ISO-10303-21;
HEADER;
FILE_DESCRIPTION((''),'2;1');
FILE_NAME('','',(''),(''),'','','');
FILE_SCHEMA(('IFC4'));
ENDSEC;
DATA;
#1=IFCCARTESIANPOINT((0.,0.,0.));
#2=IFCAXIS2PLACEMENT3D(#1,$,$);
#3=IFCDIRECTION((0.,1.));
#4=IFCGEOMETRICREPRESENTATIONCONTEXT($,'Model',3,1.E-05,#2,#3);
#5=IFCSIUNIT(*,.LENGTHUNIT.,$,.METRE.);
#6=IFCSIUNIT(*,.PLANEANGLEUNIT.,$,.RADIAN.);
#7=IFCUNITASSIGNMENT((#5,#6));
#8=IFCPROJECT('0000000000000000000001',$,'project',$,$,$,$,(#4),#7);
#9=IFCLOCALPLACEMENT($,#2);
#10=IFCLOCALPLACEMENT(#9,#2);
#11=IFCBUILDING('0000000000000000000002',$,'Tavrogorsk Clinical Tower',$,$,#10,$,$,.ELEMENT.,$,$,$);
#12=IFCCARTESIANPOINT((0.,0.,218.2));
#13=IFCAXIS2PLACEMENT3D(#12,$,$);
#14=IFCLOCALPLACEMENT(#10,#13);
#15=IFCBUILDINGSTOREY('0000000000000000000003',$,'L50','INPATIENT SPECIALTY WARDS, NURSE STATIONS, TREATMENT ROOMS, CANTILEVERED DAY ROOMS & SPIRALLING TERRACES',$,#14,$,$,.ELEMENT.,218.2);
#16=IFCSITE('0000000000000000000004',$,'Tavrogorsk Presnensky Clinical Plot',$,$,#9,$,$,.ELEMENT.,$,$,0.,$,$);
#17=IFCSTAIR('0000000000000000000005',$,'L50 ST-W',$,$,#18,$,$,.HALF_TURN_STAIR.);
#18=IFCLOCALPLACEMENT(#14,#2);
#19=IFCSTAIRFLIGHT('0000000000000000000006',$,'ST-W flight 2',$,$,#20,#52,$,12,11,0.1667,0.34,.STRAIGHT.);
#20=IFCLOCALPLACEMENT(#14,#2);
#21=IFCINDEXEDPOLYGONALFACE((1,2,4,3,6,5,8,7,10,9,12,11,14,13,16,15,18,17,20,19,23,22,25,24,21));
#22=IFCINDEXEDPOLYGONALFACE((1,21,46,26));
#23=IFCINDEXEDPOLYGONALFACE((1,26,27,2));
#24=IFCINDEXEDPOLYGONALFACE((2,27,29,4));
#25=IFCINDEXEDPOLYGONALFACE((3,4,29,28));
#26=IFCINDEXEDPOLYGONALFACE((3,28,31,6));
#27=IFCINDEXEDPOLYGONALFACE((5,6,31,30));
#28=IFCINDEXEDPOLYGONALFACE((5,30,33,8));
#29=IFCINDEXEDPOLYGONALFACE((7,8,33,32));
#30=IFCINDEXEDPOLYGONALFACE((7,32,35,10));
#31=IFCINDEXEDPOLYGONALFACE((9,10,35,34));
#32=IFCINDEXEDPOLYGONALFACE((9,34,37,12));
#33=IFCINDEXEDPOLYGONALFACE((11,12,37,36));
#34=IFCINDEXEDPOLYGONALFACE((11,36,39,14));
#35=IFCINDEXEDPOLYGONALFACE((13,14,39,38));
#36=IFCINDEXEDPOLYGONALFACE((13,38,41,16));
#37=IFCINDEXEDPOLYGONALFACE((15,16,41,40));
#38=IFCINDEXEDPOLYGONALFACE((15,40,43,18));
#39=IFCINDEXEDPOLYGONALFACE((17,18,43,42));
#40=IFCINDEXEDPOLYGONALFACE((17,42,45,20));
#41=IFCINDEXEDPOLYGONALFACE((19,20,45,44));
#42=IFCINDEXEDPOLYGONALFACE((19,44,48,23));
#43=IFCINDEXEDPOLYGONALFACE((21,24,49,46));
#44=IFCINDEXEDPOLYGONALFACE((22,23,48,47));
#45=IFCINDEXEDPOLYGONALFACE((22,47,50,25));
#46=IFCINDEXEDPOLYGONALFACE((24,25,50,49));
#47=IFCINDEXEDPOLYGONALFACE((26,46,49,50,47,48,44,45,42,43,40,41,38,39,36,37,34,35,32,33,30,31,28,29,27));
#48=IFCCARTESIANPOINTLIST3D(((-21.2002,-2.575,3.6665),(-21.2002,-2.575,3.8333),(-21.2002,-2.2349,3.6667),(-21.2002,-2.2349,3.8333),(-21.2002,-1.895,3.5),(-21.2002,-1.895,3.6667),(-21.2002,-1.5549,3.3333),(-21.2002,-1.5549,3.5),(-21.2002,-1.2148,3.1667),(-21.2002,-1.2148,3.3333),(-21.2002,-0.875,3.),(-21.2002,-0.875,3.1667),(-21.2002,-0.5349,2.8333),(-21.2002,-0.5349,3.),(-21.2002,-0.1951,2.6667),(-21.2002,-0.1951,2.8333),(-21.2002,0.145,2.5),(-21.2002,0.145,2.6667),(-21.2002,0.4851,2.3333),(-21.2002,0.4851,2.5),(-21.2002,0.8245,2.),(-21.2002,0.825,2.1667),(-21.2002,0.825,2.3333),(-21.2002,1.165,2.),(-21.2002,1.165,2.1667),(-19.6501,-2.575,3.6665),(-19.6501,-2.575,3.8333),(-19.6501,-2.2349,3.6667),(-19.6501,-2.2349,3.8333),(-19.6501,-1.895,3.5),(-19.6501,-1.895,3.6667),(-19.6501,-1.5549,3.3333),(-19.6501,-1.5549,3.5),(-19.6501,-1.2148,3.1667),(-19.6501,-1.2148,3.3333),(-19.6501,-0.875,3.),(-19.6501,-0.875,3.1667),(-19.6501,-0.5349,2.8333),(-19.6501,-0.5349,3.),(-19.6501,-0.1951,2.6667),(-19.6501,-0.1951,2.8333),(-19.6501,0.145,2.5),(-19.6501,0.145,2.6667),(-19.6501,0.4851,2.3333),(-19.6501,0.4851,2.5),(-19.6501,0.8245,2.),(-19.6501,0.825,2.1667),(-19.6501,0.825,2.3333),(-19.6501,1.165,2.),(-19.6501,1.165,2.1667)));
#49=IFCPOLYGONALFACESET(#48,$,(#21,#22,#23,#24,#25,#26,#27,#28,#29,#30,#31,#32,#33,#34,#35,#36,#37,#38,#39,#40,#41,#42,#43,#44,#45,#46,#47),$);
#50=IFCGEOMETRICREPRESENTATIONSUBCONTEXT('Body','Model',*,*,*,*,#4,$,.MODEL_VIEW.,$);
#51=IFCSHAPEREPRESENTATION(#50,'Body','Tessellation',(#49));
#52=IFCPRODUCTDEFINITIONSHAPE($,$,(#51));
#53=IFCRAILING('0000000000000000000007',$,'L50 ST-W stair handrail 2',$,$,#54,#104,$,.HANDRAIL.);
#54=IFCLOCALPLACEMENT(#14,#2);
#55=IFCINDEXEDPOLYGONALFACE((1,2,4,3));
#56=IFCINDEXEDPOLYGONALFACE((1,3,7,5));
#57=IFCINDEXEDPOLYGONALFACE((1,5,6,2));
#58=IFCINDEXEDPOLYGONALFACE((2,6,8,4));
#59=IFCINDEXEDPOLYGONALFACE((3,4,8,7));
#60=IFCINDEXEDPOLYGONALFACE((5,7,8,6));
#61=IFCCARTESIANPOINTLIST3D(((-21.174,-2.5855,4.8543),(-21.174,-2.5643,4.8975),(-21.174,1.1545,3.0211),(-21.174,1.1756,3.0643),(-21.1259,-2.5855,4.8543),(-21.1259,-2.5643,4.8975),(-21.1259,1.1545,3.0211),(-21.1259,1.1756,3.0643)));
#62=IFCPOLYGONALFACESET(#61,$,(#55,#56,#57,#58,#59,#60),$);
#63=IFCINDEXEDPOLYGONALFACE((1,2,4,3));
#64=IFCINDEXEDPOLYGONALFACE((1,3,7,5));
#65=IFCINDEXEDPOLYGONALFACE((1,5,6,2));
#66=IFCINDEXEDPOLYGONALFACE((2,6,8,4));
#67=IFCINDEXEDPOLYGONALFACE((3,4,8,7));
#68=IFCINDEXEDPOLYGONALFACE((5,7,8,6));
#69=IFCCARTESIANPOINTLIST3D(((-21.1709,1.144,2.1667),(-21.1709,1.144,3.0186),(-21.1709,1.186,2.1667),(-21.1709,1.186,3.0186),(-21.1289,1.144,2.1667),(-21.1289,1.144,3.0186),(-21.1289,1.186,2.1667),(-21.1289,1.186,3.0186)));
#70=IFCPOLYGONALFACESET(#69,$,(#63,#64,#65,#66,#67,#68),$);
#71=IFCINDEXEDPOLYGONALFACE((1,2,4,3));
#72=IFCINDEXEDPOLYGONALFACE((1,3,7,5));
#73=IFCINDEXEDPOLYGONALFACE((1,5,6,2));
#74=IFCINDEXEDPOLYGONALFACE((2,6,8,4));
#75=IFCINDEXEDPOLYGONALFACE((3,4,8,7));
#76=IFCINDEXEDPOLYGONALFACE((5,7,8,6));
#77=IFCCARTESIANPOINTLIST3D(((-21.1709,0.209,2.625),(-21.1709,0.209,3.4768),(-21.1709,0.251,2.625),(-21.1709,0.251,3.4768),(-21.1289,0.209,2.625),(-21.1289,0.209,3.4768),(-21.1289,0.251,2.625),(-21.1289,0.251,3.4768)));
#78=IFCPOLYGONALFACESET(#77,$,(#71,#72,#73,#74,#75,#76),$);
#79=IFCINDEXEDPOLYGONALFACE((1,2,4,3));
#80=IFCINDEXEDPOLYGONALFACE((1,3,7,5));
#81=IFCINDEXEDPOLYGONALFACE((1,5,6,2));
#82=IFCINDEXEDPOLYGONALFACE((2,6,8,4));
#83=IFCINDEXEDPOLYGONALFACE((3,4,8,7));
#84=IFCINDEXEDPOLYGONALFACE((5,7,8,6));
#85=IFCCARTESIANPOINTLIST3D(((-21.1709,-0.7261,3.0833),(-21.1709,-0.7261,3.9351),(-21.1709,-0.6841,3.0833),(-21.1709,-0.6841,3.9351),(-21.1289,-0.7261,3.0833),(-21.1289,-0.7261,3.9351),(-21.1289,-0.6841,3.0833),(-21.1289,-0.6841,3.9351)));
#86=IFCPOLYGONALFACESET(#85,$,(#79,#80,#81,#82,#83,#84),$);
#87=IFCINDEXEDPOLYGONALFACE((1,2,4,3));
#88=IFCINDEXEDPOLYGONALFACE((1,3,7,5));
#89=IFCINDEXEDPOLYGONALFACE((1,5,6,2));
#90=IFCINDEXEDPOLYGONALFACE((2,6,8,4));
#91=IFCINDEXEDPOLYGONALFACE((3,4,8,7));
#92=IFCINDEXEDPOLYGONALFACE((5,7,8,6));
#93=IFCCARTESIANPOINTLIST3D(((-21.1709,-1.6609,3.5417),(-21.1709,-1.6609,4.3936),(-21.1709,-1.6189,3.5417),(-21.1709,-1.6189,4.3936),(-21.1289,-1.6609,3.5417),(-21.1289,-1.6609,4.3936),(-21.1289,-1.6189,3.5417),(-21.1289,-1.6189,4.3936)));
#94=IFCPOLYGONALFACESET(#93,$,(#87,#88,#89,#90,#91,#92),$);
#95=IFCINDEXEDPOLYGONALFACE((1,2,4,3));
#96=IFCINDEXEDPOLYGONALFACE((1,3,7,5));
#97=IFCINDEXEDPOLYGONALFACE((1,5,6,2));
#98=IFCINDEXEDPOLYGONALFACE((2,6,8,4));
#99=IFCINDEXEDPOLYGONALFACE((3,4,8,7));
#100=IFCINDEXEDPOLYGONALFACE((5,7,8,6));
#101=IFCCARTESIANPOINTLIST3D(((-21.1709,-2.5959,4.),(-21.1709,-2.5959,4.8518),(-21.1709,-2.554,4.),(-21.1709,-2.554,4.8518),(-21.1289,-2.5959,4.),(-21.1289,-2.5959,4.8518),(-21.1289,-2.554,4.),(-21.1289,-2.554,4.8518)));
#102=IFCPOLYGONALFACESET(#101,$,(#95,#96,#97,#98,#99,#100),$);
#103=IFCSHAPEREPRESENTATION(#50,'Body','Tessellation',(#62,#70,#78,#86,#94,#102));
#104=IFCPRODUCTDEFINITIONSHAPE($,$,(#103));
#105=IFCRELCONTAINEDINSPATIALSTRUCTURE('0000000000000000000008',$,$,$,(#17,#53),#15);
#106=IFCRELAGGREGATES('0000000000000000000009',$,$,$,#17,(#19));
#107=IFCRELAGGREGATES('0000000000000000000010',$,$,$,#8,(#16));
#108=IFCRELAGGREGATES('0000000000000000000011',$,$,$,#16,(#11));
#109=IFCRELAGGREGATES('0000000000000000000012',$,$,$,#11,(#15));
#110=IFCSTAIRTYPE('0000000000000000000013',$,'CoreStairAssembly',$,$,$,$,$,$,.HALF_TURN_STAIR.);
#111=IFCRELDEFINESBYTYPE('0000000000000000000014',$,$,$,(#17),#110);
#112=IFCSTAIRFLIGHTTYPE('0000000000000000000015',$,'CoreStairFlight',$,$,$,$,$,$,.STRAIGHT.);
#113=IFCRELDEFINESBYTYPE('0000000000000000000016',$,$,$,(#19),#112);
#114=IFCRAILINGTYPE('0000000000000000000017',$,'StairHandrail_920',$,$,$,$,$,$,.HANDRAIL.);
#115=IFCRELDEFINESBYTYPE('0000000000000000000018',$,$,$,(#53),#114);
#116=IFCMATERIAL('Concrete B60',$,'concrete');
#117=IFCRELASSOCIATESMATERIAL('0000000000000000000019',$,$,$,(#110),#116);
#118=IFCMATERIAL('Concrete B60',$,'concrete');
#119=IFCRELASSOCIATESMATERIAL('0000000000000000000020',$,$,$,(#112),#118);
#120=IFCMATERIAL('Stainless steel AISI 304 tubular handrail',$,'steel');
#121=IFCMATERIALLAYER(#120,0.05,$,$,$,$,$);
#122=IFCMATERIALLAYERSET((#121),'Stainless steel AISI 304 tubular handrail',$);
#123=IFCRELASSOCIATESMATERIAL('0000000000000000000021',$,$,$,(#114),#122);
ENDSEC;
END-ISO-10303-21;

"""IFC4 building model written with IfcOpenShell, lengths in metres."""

from ifc_helpers import new_model, si_unit, direction, frame, origin, origin_2d, place, context, subcontext, project, spatial, polyline, rectangle, outline, extrude, material, layer, layer_set, type_object, element, aggregate, save


model = new_model("IFC4")

# Units and contexts
model_context = context("Model", 3, precision=1e-05, world=origin(), true_north=direction((0.0, 1.0)))
body_context = subcontext(model_context, "Body", "Model", "MODEL_VIEW")
ifc_project = project(units=[si_unit("LENGTHUNIT", "METRE"), si_unit("PLANEANGLEUNIT", "RADIAN")], contexts=[model_context])

# Site, building, storey
site_placement = place(None, origin())
site = spatial("IfcSite", under=ifc_project, at=site_placement, Name="Tavrogorsk Presnensky Clinical Plot", CompositionType="ELEMENT", RefElevation=0.0)
building_placement = place(site_placement, origin())
building = spatial("IfcBuilding", under=site, at=building_placement, Name="Tavrogorsk Clinical Tower", CompositionType="ELEMENT")
storey_placement = place(building_placement, frame((0.0, 0.0, 218.2)))
storey = spatial("IfcBuildingStorey", under=building, at=storey_placement, Name="L50", Description="INPATIENT SPECIALTY WARDS, NURSE STATIONS, TREATMENT ROOMS, CANTILEVERED DAY ROOMS & SPIRALLING TERRACES", CompositionType="ELEMENT", Elevation=218.2)

# Stair, stair flight
ifc_material_1 = material(Name="Concrete B60", Category="concrete")
stair_type = type_object("IfcStairType", Name="CoreStairAssembly", PredefinedType="HALF_TURN_STAIR", material=ifc_material_1)
stair_placement = place(storey_placement, origin())
stair = element("IfcStair", 1, at=stair_placement, inside=storey, type_object=stair_type, Name="L50 ST-W", PredefinedType="HALF_TURN_STAIR")
ifc_material_2 = material(Name="Concrete B60", Category="concrete")
stair_flight_type = type_object("IfcStairFlightType", Name="CoreStairFlight", PredefinedType="STRAIGHT", material=ifc_material_2)
stair_flight_placement = place(storey_placement, frame((-20.425, 1.165, 2.0), z_axis=(0.0, 0.0, 1.0), x_axis=(0.0, -1.0, 0.0)))
stair_flight = element("IfcStairFlight", 2, at=stair_flight_placement, type_object=stair_flight_type, Name="ST-W flight 2", NumberOfRisers=12, NumberOfTreads=11, PredefinedType="STRAIGHT", RiserHeight=0.1667, TreadLength=0.34, context=body_context, shape_type="SweptSolid", body=[
    extrude(outline(polyline([(0.0, 0.0), (0.0, 0.1667), (0.3401, 0.1667), (0.3401, 0.3333), (0.6799, 0.3333), (0.6799, 0.5), (1.02, 0.5), (1.02, 0.6667), (1.3601, 0.6667), (1.3601, 0.8333), (1.7, 0.8333), (1.7, 1.0), (2.04, 1.0), (2.04, 1.1667), (2.3799, 1.1667), (2.3799, 1.3333), (2.72, 1.3333), (2.72, 1.5), (3.0601, 1.5), (3.0601, 1.6667), (3.3999, 1.6667), (3.3999, 1.8333), (3.74, 1.8333), (3.74, 2.0), (3.74, 1.6665), (0.3406, 0.0), (0.0, 0.0)])), frame((0.0, 0.7749, 0.0), z_axis=(0.0, -1.0, 0.0), x_axis=(1.0, 0.0, 0.0)), (0.0, 0.0, 1.0), 1.55),
])
aggregate(stair, [stair_flight])

# Railing
ifc_material_3 = material(Name="Stainless steel AISI 304 tubular handrail", Category="steel")
ifc_layer_1 = layer(ifc_material_3, 0.05)
ifc_layer_set_1 = layer_set([ifc_layer_1], Name="Stainless steel AISI 304 tubular handrail")
railing_type = type_object("IfcRailingType", Name="StairHandrail_920", PredefinedType="HANDRAIL", material=ifc_layer_set_1)
railing_placement = place(storey_placement, frame((-21.1499, 1.165, 2.1667)))
element("IfcRailing", 3, at=railing_placement, inside=storey, type_object=railing_type, Name="L50 ST-W stair handrail 2", PredefinedType="HANDRAIL", context=body_context, shape_type="SweptSolid", body=[
    extrude(rectangle(XDim=0.0481, YDim=0.0481, at=origin_2d()), frame((0.0, 0.0, 0.876), z_axis=(0.0, -0.897928, 0.440142), x_axis=(1.0, 0.0, 0.0)), (0.0, 0.0, 1.0), 4.165),
    extrude(rectangle(XDim=0.042, YDim=0.042, at=origin_2d()), origin(), (0.0, 0.0, 1.0), 0.8518),
    extrude(rectangle(XDim=0.042, YDim=0.042, at=origin_2d()), frame((0.0, -0.9351, 0.4583)), (0.0, 0.0, 1.0), 0.8518),
    extrude(rectangle(XDim=0.042, YDim=0.042, at=origin_2d()), frame((0.0, -1.8701, 0.9165)), (0.0, 0.0, 1.0), 0.8518),
    extrude(rectangle(XDim=0.042, YDim=0.042, at=origin_2d()), frame((0.0, -2.8049, 1.375)), (0.0, 0.0, 1.0), 0.8518),
    extrude(rectangle(XDim=0.042, YDim=0.042, at=origin_2d()), frame((0.0, -3.74, 1.8333)), (0.0, 0.0, 1.0), 0.8518),
])

save(model, "model.ifc")
